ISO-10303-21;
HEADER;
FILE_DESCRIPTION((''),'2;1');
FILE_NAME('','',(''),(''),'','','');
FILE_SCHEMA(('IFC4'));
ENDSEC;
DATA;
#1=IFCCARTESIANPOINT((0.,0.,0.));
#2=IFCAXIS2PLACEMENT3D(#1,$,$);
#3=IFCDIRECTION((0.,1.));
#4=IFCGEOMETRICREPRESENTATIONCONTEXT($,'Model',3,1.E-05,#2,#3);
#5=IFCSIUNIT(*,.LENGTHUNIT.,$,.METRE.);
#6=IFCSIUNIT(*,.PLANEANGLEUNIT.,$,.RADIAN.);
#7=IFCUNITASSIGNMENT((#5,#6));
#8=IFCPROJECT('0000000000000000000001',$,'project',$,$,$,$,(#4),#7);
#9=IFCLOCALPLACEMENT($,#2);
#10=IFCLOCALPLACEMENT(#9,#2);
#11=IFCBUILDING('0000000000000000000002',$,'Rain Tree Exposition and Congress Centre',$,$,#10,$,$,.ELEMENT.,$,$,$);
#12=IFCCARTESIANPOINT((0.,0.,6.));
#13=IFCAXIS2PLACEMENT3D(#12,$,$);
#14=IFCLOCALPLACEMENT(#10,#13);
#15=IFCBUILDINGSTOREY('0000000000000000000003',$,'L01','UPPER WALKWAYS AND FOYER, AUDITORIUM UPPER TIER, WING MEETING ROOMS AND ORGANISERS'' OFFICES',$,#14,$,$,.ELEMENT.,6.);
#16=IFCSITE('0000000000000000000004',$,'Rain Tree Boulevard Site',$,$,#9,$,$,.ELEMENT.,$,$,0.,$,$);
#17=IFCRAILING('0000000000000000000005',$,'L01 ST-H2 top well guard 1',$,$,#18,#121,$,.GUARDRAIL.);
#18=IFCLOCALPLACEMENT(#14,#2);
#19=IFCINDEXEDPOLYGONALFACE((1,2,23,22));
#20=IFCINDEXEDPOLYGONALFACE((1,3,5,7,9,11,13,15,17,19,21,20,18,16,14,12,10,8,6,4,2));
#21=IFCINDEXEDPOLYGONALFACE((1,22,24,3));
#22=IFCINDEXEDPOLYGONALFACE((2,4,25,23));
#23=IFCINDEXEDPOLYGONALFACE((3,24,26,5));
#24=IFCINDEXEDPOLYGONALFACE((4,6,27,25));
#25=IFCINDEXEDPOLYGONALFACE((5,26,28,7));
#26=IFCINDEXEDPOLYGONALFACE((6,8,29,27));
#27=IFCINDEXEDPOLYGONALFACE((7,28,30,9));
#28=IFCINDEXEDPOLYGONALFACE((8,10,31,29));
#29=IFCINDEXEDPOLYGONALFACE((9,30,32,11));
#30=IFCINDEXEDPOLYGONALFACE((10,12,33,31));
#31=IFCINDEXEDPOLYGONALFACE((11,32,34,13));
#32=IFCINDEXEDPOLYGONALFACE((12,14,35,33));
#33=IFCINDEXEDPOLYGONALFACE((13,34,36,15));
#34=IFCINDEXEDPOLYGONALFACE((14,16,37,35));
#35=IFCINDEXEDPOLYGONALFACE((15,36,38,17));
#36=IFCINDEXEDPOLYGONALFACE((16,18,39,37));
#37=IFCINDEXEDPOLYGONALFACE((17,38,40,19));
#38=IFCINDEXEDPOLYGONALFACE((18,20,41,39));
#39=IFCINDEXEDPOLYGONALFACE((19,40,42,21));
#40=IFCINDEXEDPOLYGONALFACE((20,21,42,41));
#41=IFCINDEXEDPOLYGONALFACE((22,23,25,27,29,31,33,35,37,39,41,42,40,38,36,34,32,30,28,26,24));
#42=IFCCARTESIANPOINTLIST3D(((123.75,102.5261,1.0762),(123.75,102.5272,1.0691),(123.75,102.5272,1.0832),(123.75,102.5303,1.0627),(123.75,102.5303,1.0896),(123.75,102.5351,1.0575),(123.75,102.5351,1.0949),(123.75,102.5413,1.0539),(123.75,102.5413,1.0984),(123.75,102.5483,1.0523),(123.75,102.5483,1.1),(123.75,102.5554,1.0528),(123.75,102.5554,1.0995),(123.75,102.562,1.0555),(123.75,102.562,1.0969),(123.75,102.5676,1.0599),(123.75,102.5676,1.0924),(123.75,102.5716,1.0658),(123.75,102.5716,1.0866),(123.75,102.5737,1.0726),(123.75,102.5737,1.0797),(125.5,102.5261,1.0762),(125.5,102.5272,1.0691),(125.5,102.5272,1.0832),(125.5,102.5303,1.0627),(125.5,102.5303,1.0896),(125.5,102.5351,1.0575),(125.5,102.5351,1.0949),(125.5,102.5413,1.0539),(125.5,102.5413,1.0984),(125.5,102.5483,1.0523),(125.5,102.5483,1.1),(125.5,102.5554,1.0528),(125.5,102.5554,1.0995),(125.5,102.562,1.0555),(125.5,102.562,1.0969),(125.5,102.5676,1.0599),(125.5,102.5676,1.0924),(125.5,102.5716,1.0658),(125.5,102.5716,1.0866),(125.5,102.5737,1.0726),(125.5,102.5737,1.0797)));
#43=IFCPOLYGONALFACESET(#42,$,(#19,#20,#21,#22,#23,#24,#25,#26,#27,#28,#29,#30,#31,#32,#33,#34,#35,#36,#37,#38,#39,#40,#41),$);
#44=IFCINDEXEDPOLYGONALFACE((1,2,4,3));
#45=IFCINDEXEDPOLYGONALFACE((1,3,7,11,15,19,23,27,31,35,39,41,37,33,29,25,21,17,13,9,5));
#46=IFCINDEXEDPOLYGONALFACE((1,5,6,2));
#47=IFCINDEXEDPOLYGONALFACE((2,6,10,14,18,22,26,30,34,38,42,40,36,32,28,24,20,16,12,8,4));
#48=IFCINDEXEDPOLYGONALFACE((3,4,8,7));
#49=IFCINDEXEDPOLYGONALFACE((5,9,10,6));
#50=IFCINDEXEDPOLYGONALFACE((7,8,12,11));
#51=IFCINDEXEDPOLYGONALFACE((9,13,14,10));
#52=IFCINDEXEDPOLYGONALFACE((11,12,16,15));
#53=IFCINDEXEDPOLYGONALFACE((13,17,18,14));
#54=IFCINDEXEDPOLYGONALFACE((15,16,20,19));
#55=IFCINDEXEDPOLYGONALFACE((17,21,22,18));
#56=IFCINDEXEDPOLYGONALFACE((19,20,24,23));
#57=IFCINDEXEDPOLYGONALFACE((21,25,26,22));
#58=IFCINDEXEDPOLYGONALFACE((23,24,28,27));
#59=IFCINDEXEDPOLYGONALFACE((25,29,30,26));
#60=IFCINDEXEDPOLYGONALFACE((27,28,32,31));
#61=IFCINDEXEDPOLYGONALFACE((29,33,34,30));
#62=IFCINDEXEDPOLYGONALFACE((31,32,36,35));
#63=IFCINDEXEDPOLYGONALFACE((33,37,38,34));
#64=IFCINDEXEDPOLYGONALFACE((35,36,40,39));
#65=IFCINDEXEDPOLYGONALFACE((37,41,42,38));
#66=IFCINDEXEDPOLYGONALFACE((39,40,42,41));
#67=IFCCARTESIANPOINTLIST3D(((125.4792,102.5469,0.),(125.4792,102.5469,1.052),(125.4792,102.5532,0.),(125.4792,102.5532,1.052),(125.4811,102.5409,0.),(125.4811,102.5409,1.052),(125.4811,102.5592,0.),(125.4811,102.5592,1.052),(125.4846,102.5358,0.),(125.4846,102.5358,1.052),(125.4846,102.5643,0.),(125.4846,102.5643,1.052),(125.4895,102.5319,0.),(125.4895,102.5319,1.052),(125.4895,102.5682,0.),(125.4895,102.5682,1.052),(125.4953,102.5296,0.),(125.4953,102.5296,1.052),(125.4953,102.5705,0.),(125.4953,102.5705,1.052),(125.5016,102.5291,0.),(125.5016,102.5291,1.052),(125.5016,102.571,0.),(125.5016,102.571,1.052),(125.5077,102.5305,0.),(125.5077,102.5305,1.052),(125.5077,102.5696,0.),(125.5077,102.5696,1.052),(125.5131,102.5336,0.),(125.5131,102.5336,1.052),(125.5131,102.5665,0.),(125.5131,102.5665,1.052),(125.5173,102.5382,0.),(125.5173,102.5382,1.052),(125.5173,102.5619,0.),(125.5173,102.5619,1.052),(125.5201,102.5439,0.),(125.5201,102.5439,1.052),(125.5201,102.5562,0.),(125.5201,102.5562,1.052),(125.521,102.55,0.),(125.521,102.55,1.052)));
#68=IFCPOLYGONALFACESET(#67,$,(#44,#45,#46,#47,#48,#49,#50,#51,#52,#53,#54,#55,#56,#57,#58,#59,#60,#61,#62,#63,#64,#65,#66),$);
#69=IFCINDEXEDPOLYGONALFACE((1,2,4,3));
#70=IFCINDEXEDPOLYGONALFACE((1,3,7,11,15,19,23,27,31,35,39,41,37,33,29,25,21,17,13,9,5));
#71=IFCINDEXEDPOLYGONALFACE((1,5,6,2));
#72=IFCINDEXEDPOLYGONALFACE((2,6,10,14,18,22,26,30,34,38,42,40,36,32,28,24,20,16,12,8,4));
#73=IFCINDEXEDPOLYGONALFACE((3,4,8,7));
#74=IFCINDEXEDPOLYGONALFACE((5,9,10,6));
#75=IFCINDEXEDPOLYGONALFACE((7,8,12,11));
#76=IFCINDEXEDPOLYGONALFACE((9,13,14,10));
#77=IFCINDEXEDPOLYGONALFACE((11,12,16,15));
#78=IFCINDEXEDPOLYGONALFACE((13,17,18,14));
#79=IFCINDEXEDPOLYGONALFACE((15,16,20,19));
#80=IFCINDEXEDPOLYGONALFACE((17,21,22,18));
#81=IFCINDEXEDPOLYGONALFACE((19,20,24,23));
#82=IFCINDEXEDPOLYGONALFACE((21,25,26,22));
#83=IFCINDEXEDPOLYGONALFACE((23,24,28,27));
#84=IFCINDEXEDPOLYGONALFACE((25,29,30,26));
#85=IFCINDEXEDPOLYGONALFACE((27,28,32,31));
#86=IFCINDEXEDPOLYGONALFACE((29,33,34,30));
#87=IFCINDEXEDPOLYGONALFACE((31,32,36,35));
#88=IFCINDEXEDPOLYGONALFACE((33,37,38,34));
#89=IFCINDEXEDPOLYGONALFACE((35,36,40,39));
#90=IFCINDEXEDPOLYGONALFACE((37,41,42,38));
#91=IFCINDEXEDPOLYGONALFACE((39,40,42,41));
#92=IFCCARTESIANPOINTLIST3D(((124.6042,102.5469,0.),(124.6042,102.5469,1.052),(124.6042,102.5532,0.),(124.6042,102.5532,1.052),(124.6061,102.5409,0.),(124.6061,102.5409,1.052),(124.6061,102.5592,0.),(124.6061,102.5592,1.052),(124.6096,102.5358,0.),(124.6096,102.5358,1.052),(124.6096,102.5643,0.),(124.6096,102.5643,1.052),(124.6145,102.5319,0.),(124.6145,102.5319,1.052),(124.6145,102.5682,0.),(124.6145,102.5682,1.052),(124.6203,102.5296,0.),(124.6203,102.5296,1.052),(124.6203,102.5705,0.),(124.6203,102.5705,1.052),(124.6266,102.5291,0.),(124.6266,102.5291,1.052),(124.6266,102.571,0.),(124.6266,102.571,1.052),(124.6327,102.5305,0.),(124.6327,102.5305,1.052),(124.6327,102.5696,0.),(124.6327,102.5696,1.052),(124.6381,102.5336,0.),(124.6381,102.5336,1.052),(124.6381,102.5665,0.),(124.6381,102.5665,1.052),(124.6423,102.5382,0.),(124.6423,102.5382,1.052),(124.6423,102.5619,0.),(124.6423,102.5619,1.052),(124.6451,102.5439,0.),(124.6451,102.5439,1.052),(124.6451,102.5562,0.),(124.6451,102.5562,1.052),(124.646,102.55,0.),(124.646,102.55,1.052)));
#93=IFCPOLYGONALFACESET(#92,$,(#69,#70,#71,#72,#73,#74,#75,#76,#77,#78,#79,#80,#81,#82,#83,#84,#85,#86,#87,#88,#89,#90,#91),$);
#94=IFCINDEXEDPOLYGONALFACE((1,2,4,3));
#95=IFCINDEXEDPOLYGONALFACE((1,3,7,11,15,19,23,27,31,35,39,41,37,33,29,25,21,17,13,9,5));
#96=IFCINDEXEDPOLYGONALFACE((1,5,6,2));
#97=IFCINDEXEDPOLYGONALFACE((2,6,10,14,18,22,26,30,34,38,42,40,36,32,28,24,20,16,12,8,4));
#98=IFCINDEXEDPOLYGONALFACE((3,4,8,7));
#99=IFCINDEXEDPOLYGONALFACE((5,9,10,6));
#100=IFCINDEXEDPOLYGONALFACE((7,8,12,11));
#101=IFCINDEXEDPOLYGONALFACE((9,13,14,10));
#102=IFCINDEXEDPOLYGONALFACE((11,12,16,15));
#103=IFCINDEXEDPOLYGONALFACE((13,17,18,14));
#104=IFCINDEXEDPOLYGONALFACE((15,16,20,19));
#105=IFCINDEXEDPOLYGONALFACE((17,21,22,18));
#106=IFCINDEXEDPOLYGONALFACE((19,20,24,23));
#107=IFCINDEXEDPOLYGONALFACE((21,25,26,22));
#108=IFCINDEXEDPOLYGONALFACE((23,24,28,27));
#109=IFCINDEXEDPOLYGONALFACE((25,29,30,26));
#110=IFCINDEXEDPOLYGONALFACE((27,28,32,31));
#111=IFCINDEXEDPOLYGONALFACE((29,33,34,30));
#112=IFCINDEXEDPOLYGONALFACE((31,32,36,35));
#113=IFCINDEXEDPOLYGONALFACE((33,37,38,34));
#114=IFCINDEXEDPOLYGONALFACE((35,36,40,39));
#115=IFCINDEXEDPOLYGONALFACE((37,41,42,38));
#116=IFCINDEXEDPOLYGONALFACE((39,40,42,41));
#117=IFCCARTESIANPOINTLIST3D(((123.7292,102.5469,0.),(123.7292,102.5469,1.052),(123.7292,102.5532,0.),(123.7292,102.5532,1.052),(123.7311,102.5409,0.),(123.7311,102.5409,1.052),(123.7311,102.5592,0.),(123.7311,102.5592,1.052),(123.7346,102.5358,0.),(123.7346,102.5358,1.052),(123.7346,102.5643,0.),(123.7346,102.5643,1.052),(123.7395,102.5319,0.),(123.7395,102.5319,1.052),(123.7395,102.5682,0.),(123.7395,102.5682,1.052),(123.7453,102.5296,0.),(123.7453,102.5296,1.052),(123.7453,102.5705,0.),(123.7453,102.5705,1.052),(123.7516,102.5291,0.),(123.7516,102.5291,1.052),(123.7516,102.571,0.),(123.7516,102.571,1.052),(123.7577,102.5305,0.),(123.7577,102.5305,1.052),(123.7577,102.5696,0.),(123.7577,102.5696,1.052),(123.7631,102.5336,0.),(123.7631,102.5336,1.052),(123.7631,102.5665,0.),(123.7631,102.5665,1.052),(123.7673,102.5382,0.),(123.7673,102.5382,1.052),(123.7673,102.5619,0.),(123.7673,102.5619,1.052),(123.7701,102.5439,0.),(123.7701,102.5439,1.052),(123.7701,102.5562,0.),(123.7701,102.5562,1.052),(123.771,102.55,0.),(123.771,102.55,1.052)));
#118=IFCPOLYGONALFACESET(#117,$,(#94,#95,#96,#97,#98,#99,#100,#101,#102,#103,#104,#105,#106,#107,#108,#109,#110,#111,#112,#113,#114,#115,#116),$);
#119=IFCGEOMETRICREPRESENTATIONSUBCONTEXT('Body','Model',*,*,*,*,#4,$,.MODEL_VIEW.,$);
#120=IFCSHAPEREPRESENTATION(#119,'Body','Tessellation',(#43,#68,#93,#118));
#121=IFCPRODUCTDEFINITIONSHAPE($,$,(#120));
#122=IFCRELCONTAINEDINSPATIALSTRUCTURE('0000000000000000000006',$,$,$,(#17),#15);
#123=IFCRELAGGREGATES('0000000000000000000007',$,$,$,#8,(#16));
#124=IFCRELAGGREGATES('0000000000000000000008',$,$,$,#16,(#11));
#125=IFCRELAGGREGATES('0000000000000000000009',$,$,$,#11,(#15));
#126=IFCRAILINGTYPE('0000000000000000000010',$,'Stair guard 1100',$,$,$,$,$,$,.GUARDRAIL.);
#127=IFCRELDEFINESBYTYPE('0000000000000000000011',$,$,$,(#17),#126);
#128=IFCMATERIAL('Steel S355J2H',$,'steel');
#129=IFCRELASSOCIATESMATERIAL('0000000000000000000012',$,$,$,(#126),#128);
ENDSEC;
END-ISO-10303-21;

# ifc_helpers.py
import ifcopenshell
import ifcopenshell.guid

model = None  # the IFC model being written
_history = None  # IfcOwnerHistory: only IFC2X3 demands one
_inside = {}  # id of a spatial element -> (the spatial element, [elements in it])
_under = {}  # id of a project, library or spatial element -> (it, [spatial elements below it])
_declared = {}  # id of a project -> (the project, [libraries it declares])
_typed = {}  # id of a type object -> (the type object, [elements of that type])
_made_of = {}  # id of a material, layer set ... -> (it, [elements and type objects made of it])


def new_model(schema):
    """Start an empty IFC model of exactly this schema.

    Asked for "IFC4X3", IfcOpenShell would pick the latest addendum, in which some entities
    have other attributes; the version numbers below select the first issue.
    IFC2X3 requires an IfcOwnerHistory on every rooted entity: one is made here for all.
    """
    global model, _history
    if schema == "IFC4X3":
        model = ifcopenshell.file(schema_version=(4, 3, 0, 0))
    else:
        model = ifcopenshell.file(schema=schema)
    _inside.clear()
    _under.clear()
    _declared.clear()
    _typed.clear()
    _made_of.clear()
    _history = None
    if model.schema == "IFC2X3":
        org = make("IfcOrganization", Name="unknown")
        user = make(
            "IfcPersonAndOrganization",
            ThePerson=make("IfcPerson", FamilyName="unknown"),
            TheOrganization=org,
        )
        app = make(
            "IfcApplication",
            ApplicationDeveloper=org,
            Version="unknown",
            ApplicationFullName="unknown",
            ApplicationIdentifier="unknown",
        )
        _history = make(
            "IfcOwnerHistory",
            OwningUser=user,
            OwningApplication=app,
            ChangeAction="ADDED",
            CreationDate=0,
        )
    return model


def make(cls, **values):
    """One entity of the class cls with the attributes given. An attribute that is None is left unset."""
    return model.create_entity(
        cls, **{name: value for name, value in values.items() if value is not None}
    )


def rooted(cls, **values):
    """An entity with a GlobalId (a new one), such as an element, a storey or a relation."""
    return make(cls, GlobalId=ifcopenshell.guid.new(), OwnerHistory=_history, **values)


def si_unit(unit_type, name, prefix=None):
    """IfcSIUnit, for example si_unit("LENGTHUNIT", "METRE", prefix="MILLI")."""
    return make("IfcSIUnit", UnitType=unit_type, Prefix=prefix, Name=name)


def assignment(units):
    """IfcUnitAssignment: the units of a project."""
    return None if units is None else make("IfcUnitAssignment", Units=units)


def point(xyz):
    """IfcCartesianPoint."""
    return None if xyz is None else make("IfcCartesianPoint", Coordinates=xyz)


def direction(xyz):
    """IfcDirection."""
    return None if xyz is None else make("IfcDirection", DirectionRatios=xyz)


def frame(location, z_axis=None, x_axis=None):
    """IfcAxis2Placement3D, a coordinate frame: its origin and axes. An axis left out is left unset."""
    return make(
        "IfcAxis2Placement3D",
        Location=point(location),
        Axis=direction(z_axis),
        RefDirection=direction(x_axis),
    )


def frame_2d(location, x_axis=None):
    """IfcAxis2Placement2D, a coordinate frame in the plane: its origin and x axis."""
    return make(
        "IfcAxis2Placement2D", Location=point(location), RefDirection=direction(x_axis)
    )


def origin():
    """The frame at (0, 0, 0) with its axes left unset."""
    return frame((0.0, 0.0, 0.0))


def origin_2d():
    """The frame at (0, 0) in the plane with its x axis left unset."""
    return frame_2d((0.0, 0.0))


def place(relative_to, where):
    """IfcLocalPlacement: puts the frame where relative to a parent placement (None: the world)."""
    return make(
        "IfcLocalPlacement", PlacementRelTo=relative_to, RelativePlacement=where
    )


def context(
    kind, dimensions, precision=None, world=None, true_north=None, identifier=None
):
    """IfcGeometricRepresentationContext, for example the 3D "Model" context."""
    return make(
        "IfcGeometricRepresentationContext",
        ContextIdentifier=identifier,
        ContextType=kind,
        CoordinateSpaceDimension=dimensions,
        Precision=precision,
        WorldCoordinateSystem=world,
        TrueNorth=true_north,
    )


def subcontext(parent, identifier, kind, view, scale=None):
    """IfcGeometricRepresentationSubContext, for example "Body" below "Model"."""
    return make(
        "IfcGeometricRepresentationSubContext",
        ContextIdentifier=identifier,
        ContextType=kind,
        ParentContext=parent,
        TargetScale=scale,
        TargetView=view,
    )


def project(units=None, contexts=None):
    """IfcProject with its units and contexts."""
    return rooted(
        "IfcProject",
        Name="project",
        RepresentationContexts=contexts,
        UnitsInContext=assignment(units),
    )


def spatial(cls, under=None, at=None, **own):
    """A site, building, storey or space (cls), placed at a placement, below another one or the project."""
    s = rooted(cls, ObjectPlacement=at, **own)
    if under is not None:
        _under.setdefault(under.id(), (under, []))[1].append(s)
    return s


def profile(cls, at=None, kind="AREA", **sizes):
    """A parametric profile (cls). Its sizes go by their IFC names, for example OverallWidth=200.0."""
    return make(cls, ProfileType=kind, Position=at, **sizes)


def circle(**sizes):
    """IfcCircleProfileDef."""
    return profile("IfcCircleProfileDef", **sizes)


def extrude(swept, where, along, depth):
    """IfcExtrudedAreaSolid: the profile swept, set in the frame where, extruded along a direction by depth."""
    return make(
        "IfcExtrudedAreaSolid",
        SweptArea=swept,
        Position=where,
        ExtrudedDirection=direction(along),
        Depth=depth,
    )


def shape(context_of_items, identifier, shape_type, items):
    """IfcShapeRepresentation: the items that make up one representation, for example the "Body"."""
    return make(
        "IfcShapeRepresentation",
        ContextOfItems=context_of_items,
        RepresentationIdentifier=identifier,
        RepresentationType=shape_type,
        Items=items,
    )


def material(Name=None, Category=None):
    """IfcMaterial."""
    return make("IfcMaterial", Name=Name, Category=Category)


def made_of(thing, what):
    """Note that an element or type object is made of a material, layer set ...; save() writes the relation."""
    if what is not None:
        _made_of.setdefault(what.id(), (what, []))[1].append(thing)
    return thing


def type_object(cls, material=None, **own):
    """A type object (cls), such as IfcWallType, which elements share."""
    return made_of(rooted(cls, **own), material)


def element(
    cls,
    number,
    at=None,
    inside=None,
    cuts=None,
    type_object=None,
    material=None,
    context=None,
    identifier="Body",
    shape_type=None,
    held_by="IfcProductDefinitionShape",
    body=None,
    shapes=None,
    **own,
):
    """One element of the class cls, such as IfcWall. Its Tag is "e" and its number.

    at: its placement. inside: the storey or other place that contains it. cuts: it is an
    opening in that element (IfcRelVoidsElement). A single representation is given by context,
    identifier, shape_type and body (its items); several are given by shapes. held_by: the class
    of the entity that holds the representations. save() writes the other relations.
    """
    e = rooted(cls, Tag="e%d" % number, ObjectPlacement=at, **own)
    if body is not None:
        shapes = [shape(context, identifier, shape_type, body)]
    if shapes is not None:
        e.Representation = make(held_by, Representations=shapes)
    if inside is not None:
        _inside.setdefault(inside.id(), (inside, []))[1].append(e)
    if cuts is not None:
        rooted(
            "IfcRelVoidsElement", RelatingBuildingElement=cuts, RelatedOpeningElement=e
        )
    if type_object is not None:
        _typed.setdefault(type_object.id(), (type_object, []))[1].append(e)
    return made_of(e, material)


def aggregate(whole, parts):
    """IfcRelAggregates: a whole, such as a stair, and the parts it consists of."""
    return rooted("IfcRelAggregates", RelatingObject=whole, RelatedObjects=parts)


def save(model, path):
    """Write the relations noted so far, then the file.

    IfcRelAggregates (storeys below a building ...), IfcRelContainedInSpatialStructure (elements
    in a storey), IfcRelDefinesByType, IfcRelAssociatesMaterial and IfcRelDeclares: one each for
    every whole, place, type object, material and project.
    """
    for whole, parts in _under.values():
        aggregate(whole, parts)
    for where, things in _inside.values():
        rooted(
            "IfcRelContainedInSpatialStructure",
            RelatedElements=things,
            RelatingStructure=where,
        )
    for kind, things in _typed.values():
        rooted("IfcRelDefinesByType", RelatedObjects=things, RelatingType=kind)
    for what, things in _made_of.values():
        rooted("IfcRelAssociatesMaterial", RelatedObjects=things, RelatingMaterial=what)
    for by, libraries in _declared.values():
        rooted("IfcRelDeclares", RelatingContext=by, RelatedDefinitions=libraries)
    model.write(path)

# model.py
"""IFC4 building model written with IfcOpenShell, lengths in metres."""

from ifc_helpers import new_model, si_unit, direction, frame, origin, origin_2d, place, context, subcontext, project, spatial, circle, extrude, material, type_object, element, save


model = new_model("IFC4")

# Units and contexts
model_context = context("Model", 3, precision=1e-05, world=origin(), true_north=direction((0.0, 1.0)))
body_context = subcontext(model_context, "Body", "Model", "MODEL_VIEW")
ifc_project = project(units=[si_unit("LENGTHUNIT", "METRE"), si_unit("PLANEANGLEUNIT", "RADIAN")], contexts=[model_context])

# Site, building, storey
site_placement = place(None, origin())
site = spatial("IfcSite", under=ifc_project, at=site_placement, Name="Rain Tree Boulevard Site", CompositionType="ELEMENT", RefElevation=0.0)
building_placement = place(site_placement, origin())
building = spatial("IfcBuilding", under=site, at=building_placement, Name="Rain Tree Exposition and Congress Centre", CompositionType="ELEMENT")
storey_placement = place(building_placement, frame((0.0, 0.0, 6.0)))
storey = spatial("IfcBuildingStorey", under=building, at=storey_placement, Name="L01", Description="UPPER WALKWAYS AND FOYER, AUDITORIUM UPPER TIER, WING MEETING ROOMS AND ORGANISERS' OFFICES", CompositionType="ELEMENT", Elevation=6.0)

# Railing
ifc_material_1 = material(Name="Steel S355J2H", Category="steel")
railing_type = type_object("IfcRailingType", Name="Stair guard 1100", PredefinedType="GUARDRAIL", material=ifc_material_1)
railing_placement = place(storey_placement, frame((125.5, 102.55, 0.0)))
element("IfcRailing", 1, at=railing_placement, inside=storey, type_object=railing_type, Name="L01 ST-H2 top well guard 1", PredefinedType="GUARDRAIL", context=body_context, shape_type="SweptSolid", body=[
    extrude(circle(Radius=0.0239, at=origin_2d()), frame((0.0, 0.0, 1.0762), z_axis=(-1.0, 0.0, 0.0), x_axis=(0.0, -1.0, 0.0)), (0.0, 0.0, 1.0), 1.75),
    extrude(circle(Radius=0.021, at=origin_2d()), origin(), (0.0, 0.0, 1.0), 1.052),
    extrude(circle(Radius=0.021, at=origin_2d()), frame((-0.875, 0.0, 0.0)), (0.0, 0.0, 1.0), 1.052),
    extrude(circle(Radius=0.021, at=origin_2d()), frame((-1.75, 0.0, 0.0)), (0.0, 0.0, 1.0), 1.052),
])

save(model, "model.ifc")
